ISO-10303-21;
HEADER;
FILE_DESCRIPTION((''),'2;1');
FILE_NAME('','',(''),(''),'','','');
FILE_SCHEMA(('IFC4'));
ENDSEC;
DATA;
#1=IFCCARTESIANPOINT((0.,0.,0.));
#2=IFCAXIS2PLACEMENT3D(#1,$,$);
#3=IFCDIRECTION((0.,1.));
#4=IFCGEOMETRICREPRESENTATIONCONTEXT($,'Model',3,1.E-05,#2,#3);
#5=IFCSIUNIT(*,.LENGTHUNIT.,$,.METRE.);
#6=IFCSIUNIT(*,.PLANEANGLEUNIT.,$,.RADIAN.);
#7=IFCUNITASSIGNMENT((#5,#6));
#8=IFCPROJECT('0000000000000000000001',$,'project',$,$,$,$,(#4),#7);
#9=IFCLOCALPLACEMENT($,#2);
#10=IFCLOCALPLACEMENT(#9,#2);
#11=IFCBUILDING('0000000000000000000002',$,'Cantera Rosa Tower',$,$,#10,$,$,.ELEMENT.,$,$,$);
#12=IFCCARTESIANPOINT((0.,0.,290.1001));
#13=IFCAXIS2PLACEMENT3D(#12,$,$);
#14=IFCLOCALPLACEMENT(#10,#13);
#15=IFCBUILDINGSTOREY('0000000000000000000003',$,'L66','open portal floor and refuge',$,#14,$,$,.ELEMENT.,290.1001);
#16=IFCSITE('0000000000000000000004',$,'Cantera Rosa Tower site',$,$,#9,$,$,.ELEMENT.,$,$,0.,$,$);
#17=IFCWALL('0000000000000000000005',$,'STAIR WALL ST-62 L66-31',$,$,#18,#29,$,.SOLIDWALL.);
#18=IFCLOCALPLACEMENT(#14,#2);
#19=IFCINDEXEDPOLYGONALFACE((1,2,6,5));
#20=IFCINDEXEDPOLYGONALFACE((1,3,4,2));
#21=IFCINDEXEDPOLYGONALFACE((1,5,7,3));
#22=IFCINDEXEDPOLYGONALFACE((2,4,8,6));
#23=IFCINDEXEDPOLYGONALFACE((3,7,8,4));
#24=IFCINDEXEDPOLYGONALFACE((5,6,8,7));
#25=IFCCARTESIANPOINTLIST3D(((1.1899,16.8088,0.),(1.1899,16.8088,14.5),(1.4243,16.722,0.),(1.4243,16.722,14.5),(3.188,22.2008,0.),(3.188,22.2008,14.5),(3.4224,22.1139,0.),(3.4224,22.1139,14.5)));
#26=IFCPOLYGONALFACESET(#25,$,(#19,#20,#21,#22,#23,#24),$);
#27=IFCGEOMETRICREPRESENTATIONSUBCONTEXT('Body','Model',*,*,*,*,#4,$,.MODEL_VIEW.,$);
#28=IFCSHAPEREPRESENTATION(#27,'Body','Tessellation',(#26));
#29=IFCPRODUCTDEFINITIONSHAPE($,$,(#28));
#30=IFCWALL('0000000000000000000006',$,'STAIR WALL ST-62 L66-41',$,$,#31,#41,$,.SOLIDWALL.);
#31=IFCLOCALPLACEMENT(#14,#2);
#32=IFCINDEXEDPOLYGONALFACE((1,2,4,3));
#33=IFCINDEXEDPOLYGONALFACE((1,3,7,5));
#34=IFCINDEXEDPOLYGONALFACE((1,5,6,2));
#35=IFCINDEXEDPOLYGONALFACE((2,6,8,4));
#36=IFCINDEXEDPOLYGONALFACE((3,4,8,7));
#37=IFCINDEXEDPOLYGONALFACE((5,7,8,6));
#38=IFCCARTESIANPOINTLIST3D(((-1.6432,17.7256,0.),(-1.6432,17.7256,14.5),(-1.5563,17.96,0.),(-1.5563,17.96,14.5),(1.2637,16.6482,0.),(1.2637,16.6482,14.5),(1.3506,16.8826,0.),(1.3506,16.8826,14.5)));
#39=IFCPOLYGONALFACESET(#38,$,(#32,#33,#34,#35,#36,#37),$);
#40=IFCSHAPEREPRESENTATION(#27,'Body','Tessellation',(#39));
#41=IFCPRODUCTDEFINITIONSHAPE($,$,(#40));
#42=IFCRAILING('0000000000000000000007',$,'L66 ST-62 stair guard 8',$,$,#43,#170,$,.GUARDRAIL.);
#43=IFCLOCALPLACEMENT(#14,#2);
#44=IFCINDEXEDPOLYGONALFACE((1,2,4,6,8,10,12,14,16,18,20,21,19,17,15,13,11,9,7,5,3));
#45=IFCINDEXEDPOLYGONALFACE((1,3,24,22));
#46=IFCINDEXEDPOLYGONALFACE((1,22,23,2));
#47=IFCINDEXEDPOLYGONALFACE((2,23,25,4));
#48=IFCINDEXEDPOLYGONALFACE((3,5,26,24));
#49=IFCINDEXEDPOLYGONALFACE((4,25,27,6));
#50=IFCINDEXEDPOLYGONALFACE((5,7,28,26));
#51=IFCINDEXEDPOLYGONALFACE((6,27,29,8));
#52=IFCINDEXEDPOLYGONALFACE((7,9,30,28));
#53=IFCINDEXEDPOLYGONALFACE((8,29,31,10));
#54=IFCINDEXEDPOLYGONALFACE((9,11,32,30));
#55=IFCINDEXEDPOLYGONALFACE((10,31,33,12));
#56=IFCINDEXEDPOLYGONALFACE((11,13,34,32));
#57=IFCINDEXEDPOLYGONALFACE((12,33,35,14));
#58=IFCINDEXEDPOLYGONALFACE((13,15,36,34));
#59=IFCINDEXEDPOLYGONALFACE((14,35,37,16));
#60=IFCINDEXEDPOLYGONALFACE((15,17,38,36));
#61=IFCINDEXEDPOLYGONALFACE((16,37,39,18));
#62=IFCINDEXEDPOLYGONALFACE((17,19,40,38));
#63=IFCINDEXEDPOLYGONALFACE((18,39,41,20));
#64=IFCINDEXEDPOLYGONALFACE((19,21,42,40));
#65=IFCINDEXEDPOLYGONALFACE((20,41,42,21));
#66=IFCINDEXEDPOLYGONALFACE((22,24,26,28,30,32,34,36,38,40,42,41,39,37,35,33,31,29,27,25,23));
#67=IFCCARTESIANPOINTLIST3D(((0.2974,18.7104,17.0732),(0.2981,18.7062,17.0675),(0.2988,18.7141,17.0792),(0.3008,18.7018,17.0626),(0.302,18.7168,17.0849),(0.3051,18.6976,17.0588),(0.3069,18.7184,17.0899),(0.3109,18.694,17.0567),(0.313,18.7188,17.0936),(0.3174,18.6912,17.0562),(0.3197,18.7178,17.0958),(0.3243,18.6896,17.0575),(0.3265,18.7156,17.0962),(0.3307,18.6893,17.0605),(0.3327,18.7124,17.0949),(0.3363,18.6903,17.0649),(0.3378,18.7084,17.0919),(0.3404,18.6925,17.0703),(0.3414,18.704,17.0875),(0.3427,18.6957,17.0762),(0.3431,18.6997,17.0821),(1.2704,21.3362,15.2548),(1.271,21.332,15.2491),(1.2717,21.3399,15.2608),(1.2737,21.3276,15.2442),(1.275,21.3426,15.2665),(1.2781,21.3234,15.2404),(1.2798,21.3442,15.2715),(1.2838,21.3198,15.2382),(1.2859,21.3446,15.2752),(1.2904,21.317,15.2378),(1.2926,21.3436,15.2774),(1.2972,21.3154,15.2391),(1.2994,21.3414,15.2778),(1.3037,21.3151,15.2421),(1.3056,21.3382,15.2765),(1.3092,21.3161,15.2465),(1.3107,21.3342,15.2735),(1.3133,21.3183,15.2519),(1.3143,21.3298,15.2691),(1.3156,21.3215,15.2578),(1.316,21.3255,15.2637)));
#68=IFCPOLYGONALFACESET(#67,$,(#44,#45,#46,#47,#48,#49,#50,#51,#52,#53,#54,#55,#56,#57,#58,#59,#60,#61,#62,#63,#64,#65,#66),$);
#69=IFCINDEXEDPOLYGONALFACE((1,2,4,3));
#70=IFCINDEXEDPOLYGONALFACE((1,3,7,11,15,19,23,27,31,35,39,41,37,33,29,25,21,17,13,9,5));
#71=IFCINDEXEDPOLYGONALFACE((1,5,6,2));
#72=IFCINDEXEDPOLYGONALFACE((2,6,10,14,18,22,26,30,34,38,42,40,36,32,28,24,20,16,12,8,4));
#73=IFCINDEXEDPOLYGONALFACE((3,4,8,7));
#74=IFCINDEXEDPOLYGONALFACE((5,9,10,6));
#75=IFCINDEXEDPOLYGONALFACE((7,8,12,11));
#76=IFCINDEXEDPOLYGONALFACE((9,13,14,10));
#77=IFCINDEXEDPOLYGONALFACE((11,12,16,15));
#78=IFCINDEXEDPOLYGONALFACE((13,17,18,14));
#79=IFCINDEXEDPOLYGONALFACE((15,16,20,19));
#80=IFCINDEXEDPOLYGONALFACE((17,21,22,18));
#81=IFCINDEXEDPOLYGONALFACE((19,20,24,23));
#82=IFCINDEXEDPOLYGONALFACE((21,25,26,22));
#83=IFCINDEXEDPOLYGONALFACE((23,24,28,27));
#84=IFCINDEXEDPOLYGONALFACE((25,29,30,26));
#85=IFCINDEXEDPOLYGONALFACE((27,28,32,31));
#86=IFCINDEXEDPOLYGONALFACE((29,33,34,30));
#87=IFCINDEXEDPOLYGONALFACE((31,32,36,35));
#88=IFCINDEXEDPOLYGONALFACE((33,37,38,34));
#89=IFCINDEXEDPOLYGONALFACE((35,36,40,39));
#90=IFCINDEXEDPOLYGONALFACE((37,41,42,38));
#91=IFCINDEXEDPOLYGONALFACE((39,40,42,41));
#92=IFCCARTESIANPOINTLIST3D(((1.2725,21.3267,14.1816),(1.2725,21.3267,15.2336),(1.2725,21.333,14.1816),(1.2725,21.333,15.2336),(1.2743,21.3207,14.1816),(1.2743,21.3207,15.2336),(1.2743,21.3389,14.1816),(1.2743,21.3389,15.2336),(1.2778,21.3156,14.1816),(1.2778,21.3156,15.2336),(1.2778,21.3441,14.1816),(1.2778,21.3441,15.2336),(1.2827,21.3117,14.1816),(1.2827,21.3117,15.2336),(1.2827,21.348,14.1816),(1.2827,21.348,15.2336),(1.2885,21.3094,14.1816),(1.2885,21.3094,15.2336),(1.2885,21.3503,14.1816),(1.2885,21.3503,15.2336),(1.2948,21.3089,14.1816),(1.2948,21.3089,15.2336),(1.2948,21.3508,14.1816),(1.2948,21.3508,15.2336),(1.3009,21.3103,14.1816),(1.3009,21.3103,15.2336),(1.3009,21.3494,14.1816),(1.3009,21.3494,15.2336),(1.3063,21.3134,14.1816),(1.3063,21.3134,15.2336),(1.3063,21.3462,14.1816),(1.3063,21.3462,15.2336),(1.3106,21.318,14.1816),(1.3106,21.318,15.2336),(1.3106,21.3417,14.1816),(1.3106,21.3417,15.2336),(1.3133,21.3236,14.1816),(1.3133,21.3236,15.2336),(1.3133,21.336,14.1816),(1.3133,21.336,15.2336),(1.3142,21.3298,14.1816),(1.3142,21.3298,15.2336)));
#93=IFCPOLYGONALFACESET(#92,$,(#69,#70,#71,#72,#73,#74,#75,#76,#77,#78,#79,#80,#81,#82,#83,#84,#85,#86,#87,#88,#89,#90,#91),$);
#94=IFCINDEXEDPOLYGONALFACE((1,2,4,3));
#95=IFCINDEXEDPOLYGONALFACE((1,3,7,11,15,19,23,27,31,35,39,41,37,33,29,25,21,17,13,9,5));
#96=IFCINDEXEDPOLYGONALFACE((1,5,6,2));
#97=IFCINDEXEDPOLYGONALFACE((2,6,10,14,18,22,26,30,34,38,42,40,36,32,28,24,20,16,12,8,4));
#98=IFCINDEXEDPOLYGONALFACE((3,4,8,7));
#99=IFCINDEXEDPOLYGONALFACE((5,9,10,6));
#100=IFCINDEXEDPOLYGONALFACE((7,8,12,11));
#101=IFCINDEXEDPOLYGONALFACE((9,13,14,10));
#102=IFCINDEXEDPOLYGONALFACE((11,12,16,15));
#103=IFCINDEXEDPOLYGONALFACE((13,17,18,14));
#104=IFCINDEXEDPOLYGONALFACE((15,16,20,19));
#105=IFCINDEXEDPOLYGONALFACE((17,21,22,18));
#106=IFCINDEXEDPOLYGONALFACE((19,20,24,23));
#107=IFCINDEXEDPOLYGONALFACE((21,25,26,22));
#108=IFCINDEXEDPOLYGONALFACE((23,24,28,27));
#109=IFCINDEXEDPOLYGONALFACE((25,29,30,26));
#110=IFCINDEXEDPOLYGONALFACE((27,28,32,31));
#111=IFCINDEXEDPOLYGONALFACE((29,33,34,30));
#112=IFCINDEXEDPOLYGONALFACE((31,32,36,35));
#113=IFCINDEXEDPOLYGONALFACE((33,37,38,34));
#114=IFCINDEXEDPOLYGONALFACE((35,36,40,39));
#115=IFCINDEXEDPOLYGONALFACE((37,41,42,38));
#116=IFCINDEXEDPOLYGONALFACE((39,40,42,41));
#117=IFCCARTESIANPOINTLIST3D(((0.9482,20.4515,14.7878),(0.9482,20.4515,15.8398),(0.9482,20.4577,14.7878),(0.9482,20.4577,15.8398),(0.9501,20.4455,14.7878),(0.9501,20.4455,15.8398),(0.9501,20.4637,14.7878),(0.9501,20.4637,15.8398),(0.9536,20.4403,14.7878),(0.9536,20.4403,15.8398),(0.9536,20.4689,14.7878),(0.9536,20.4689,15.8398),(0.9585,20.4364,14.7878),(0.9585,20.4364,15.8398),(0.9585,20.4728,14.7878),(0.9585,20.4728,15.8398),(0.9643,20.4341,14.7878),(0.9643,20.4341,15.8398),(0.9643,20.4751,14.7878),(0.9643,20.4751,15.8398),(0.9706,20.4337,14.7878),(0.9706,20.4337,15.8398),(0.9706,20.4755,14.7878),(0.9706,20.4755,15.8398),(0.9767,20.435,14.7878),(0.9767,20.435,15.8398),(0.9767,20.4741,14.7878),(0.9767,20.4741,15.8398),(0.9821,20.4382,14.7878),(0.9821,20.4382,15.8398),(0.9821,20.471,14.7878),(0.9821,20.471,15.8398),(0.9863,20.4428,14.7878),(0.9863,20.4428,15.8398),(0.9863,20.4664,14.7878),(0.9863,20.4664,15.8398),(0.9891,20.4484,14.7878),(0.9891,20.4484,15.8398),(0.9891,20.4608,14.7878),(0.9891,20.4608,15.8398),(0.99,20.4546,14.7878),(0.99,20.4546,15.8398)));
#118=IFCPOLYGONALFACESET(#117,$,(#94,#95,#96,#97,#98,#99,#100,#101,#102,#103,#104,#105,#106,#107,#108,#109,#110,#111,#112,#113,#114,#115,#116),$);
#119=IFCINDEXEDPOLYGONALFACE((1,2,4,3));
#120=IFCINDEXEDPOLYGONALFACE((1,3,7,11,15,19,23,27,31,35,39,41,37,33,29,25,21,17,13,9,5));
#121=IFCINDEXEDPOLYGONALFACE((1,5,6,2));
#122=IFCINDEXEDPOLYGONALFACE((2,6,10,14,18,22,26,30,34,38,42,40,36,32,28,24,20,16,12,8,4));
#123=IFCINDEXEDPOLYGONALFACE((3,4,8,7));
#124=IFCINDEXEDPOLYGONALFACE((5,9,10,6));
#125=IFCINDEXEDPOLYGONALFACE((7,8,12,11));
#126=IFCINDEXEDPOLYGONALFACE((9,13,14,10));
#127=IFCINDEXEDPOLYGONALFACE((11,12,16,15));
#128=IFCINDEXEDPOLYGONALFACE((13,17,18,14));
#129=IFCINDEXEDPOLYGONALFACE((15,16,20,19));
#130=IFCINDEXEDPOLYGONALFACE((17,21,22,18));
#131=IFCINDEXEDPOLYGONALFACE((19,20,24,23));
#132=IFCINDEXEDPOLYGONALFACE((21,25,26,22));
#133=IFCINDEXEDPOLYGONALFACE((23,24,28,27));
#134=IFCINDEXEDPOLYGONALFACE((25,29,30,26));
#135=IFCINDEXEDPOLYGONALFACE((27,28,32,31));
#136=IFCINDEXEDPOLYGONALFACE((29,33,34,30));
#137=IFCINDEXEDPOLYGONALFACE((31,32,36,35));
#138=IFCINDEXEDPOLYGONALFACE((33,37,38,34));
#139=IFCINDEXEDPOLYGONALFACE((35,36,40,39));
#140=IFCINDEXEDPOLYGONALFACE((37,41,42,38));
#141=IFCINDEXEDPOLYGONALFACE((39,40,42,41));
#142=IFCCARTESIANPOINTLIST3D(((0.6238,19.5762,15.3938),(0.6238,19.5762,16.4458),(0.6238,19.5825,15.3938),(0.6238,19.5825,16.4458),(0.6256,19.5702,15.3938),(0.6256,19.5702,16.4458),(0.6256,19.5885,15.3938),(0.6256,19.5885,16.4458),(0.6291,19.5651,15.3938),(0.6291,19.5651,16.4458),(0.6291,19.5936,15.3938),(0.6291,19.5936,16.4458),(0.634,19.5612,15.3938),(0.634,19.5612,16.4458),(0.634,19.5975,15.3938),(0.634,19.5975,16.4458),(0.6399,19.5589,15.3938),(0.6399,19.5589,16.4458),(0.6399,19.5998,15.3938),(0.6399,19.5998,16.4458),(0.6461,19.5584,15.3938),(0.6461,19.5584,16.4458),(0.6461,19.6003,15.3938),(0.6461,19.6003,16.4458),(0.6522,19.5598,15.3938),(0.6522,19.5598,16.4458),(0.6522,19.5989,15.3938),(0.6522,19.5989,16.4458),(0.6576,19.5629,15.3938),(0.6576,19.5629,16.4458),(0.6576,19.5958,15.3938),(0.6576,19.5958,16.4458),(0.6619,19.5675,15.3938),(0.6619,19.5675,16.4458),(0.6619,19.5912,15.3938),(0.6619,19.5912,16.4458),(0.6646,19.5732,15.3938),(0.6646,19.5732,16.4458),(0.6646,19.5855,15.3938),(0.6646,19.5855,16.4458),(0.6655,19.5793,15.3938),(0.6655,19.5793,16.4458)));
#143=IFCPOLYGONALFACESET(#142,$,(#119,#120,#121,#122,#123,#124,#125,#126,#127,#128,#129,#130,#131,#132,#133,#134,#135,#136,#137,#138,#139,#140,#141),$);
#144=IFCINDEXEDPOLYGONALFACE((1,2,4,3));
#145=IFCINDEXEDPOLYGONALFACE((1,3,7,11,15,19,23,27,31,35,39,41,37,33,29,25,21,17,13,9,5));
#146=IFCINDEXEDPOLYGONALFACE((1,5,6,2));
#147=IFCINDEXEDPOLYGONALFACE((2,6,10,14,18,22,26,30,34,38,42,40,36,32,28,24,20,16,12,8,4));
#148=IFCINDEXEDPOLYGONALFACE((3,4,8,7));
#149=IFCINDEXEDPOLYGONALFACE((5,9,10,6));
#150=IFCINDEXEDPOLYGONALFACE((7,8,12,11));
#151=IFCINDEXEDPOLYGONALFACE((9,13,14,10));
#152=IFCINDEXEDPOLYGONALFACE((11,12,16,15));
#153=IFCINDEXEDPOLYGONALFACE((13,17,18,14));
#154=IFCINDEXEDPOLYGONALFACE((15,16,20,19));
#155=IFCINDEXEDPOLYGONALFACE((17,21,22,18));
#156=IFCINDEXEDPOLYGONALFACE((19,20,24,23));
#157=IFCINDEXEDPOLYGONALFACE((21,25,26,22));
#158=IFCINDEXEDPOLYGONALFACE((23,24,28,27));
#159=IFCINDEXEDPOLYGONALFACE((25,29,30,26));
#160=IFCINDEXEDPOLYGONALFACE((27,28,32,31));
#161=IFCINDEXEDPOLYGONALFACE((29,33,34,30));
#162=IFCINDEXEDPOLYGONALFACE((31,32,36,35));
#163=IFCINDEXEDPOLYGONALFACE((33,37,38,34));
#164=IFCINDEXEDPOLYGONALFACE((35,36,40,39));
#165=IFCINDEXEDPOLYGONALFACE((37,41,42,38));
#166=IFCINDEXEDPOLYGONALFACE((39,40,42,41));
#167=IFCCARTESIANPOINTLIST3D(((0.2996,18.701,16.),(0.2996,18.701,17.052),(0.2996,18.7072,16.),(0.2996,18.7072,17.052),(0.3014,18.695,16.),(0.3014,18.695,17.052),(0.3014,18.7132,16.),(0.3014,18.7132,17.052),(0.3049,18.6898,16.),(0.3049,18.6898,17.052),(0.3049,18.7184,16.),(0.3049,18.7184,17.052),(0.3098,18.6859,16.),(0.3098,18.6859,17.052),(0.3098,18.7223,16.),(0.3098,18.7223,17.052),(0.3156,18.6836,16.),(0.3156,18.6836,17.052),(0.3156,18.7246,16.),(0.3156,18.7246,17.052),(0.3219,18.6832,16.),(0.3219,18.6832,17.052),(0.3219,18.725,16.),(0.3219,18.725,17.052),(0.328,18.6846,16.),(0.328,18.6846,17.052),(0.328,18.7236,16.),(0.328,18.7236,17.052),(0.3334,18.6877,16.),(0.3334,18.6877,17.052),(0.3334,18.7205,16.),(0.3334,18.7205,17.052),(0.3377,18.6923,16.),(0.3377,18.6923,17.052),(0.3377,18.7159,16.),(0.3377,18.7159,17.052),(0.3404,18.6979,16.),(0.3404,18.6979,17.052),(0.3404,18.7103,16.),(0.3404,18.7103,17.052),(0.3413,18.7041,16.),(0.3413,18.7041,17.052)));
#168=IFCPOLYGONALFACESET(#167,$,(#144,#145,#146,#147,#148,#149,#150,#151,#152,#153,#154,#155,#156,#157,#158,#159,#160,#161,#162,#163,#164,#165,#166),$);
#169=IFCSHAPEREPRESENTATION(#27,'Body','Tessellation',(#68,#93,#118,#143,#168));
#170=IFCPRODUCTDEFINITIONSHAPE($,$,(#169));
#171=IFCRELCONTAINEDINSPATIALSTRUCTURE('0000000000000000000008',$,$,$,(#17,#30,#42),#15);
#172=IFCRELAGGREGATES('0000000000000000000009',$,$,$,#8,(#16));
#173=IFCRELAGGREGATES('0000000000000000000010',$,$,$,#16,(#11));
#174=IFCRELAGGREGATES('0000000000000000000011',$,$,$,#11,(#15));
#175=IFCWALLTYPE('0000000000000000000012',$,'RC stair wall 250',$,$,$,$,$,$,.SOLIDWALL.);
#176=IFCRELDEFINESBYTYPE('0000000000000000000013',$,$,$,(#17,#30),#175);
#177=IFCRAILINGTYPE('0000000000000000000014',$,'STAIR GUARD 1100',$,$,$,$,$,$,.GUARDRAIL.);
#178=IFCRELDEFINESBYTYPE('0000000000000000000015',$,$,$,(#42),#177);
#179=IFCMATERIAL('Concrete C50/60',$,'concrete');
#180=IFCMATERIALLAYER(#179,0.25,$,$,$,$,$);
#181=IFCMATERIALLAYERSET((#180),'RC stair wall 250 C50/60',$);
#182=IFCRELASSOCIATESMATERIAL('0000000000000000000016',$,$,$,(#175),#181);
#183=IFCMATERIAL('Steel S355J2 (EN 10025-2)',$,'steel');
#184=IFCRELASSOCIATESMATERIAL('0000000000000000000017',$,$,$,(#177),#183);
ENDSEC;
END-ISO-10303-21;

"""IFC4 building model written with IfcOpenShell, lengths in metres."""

from ifc_helpers import new_model, si_unit, direction, frame, frame_2d, origin, origin_2d, place, context, subcontext, project, spatial, rectangle, circle, extrude, material, layer, layer_set, type_object, element, save


model = new_model("IFC4")

# Units and contexts
model_context = context("Model", 3, precision=1e-05, world=origin(), true_north=direction((0.0, 1.0)))
body_context = subcontext(model_context, "Body", "Model", "MODEL_VIEW")
ifc_project = project(units=[si_unit("LENGTHUNIT", "METRE"), si_unit("PLANEANGLEUNIT", "RADIAN")], contexts=[model_context])

# Site, building, storey
site_placement = place(None, origin())
site = spatial("IfcSite", under=ifc_project, at=site_placement, Name="Cantera Rosa Tower site", CompositionType="ELEMENT", RefElevation=0.0)
building_placement = place(site_placement, origin())
building = spatial("IfcBuilding", under=site, at=building_placement, Name="Cantera Rosa Tower", CompositionType="ELEMENT")
storey_placement = place(building_placement, frame((0.0, 0.0, 290.1001)))
storey = spatial("IfcBuildingStorey", under=building, at=storey_placement, Name="L66", Description="open portal floor and refuge", CompositionType="ELEMENT", Elevation=290.1001)

# Walls
ifc_material_1 = material(Name="Concrete C50/60", Category="concrete")
ifc_layer = layer(ifc_material_1, 0.25)
ifc_layer_set = layer_set([ifc_layer], Name="RC stair wall 250 C50/60")
wall_type = type_object("IfcWallType", Name="RC stair wall 250", PredefinedType="SOLIDWALL", material=ifc_layer_set)
wall_1_placement = place(storey_placement, frame((3.3052, 22.1572, 0.0), z_axis=(0.0, 0.0, 1.0), x_axis=(-0.347478, -0.937688, 0.0)))
element("IfcWall", 1, at=wall_1_placement, inside=storey, type_object=wall_type, Name="STAIR WALL ST-62 L66-31", PredefinedType="SOLIDWALL", context=body_context, shape_type="SweptSolid", body=[
    extrude(rectangle(XDim=5.7502, YDim=0.25, at=frame_2d((2.875, 0.0))), origin(), (0.0, 0.0, 1.0), 14.5),
])
wall_2_placement = place(storey_placement, frame((1.3071, 16.7654, 0.0), z_axis=(0.0, 0.0, 1.0), x_axis=(-0.937662, 0.347548, 0.0)))
element("IfcWall", 2, at=wall_2_placement, inside=storey, type_object=wall_type, Name="STAIR WALL ST-62 L66-41", PredefinedType="SOLIDWALL", context=body_context, shape_type="SweptSolid", body=[
    extrude(rectangle(XDim=3.1001, YDim=0.25, at=frame_2d((1.55, 0.0))), origin(), (0.0, 0.0, 1.0), 14.5),
])

# Railing
ifc_material_2 = material(Name="Steel S355J2 (EN 10025-2)", Category="steel")
railing_type_1 = type_object("IfcRailingType", Name="STAIR GUARD 1100", PredefinedType="GUARDRAIL", material=ifc_material_2)
railing_1_placement = place(storey_placement, frame((1.2932, 21.3298, 14.1816)))
element("IfcRailing", 3, at=railing_1_placement, inside=storey, type_object=railing_type_1, Name="L66 ST-62 stair guard 8", PredefinedType="GUARDRAIL", context=body_context, shape_type="SweptSolid", body=[
    extrude(circle(Radius=0.0239, at=origin_2d()), frame((0.0, 0.0, 1.0762), z_axis=(-0.291394, -0.786435, 0.544618), x_axis=(0.937701, -0.347442, 0.0)), (0.0, 0.0, 1.0), 3.3389),
    extrude(circle(Radius=0.021, at=origin_2d()), origin(), (0.0, 0.0, 1.0), 1.052),
    extrude(circle(Radius=0.021, at=origin_2d()), frame((-0.3242, -0.8752, 0.6062)), (0.0, 0.0, 1.0), 1.052),
    extrude(circle(Radius=0.021, at=origin_2d()), frame((-0.6487, -1.7505, 1.2122)), (0.0, 0.0, 1.0), 1.052),
    extrude(circle(Radius=0.021, at=origin_2d()), frame((-0.9729, -2.6257, 1.8184)), (0.0, 0.0, 1.0), 1.052),
])

save(model, "model.ifc")
